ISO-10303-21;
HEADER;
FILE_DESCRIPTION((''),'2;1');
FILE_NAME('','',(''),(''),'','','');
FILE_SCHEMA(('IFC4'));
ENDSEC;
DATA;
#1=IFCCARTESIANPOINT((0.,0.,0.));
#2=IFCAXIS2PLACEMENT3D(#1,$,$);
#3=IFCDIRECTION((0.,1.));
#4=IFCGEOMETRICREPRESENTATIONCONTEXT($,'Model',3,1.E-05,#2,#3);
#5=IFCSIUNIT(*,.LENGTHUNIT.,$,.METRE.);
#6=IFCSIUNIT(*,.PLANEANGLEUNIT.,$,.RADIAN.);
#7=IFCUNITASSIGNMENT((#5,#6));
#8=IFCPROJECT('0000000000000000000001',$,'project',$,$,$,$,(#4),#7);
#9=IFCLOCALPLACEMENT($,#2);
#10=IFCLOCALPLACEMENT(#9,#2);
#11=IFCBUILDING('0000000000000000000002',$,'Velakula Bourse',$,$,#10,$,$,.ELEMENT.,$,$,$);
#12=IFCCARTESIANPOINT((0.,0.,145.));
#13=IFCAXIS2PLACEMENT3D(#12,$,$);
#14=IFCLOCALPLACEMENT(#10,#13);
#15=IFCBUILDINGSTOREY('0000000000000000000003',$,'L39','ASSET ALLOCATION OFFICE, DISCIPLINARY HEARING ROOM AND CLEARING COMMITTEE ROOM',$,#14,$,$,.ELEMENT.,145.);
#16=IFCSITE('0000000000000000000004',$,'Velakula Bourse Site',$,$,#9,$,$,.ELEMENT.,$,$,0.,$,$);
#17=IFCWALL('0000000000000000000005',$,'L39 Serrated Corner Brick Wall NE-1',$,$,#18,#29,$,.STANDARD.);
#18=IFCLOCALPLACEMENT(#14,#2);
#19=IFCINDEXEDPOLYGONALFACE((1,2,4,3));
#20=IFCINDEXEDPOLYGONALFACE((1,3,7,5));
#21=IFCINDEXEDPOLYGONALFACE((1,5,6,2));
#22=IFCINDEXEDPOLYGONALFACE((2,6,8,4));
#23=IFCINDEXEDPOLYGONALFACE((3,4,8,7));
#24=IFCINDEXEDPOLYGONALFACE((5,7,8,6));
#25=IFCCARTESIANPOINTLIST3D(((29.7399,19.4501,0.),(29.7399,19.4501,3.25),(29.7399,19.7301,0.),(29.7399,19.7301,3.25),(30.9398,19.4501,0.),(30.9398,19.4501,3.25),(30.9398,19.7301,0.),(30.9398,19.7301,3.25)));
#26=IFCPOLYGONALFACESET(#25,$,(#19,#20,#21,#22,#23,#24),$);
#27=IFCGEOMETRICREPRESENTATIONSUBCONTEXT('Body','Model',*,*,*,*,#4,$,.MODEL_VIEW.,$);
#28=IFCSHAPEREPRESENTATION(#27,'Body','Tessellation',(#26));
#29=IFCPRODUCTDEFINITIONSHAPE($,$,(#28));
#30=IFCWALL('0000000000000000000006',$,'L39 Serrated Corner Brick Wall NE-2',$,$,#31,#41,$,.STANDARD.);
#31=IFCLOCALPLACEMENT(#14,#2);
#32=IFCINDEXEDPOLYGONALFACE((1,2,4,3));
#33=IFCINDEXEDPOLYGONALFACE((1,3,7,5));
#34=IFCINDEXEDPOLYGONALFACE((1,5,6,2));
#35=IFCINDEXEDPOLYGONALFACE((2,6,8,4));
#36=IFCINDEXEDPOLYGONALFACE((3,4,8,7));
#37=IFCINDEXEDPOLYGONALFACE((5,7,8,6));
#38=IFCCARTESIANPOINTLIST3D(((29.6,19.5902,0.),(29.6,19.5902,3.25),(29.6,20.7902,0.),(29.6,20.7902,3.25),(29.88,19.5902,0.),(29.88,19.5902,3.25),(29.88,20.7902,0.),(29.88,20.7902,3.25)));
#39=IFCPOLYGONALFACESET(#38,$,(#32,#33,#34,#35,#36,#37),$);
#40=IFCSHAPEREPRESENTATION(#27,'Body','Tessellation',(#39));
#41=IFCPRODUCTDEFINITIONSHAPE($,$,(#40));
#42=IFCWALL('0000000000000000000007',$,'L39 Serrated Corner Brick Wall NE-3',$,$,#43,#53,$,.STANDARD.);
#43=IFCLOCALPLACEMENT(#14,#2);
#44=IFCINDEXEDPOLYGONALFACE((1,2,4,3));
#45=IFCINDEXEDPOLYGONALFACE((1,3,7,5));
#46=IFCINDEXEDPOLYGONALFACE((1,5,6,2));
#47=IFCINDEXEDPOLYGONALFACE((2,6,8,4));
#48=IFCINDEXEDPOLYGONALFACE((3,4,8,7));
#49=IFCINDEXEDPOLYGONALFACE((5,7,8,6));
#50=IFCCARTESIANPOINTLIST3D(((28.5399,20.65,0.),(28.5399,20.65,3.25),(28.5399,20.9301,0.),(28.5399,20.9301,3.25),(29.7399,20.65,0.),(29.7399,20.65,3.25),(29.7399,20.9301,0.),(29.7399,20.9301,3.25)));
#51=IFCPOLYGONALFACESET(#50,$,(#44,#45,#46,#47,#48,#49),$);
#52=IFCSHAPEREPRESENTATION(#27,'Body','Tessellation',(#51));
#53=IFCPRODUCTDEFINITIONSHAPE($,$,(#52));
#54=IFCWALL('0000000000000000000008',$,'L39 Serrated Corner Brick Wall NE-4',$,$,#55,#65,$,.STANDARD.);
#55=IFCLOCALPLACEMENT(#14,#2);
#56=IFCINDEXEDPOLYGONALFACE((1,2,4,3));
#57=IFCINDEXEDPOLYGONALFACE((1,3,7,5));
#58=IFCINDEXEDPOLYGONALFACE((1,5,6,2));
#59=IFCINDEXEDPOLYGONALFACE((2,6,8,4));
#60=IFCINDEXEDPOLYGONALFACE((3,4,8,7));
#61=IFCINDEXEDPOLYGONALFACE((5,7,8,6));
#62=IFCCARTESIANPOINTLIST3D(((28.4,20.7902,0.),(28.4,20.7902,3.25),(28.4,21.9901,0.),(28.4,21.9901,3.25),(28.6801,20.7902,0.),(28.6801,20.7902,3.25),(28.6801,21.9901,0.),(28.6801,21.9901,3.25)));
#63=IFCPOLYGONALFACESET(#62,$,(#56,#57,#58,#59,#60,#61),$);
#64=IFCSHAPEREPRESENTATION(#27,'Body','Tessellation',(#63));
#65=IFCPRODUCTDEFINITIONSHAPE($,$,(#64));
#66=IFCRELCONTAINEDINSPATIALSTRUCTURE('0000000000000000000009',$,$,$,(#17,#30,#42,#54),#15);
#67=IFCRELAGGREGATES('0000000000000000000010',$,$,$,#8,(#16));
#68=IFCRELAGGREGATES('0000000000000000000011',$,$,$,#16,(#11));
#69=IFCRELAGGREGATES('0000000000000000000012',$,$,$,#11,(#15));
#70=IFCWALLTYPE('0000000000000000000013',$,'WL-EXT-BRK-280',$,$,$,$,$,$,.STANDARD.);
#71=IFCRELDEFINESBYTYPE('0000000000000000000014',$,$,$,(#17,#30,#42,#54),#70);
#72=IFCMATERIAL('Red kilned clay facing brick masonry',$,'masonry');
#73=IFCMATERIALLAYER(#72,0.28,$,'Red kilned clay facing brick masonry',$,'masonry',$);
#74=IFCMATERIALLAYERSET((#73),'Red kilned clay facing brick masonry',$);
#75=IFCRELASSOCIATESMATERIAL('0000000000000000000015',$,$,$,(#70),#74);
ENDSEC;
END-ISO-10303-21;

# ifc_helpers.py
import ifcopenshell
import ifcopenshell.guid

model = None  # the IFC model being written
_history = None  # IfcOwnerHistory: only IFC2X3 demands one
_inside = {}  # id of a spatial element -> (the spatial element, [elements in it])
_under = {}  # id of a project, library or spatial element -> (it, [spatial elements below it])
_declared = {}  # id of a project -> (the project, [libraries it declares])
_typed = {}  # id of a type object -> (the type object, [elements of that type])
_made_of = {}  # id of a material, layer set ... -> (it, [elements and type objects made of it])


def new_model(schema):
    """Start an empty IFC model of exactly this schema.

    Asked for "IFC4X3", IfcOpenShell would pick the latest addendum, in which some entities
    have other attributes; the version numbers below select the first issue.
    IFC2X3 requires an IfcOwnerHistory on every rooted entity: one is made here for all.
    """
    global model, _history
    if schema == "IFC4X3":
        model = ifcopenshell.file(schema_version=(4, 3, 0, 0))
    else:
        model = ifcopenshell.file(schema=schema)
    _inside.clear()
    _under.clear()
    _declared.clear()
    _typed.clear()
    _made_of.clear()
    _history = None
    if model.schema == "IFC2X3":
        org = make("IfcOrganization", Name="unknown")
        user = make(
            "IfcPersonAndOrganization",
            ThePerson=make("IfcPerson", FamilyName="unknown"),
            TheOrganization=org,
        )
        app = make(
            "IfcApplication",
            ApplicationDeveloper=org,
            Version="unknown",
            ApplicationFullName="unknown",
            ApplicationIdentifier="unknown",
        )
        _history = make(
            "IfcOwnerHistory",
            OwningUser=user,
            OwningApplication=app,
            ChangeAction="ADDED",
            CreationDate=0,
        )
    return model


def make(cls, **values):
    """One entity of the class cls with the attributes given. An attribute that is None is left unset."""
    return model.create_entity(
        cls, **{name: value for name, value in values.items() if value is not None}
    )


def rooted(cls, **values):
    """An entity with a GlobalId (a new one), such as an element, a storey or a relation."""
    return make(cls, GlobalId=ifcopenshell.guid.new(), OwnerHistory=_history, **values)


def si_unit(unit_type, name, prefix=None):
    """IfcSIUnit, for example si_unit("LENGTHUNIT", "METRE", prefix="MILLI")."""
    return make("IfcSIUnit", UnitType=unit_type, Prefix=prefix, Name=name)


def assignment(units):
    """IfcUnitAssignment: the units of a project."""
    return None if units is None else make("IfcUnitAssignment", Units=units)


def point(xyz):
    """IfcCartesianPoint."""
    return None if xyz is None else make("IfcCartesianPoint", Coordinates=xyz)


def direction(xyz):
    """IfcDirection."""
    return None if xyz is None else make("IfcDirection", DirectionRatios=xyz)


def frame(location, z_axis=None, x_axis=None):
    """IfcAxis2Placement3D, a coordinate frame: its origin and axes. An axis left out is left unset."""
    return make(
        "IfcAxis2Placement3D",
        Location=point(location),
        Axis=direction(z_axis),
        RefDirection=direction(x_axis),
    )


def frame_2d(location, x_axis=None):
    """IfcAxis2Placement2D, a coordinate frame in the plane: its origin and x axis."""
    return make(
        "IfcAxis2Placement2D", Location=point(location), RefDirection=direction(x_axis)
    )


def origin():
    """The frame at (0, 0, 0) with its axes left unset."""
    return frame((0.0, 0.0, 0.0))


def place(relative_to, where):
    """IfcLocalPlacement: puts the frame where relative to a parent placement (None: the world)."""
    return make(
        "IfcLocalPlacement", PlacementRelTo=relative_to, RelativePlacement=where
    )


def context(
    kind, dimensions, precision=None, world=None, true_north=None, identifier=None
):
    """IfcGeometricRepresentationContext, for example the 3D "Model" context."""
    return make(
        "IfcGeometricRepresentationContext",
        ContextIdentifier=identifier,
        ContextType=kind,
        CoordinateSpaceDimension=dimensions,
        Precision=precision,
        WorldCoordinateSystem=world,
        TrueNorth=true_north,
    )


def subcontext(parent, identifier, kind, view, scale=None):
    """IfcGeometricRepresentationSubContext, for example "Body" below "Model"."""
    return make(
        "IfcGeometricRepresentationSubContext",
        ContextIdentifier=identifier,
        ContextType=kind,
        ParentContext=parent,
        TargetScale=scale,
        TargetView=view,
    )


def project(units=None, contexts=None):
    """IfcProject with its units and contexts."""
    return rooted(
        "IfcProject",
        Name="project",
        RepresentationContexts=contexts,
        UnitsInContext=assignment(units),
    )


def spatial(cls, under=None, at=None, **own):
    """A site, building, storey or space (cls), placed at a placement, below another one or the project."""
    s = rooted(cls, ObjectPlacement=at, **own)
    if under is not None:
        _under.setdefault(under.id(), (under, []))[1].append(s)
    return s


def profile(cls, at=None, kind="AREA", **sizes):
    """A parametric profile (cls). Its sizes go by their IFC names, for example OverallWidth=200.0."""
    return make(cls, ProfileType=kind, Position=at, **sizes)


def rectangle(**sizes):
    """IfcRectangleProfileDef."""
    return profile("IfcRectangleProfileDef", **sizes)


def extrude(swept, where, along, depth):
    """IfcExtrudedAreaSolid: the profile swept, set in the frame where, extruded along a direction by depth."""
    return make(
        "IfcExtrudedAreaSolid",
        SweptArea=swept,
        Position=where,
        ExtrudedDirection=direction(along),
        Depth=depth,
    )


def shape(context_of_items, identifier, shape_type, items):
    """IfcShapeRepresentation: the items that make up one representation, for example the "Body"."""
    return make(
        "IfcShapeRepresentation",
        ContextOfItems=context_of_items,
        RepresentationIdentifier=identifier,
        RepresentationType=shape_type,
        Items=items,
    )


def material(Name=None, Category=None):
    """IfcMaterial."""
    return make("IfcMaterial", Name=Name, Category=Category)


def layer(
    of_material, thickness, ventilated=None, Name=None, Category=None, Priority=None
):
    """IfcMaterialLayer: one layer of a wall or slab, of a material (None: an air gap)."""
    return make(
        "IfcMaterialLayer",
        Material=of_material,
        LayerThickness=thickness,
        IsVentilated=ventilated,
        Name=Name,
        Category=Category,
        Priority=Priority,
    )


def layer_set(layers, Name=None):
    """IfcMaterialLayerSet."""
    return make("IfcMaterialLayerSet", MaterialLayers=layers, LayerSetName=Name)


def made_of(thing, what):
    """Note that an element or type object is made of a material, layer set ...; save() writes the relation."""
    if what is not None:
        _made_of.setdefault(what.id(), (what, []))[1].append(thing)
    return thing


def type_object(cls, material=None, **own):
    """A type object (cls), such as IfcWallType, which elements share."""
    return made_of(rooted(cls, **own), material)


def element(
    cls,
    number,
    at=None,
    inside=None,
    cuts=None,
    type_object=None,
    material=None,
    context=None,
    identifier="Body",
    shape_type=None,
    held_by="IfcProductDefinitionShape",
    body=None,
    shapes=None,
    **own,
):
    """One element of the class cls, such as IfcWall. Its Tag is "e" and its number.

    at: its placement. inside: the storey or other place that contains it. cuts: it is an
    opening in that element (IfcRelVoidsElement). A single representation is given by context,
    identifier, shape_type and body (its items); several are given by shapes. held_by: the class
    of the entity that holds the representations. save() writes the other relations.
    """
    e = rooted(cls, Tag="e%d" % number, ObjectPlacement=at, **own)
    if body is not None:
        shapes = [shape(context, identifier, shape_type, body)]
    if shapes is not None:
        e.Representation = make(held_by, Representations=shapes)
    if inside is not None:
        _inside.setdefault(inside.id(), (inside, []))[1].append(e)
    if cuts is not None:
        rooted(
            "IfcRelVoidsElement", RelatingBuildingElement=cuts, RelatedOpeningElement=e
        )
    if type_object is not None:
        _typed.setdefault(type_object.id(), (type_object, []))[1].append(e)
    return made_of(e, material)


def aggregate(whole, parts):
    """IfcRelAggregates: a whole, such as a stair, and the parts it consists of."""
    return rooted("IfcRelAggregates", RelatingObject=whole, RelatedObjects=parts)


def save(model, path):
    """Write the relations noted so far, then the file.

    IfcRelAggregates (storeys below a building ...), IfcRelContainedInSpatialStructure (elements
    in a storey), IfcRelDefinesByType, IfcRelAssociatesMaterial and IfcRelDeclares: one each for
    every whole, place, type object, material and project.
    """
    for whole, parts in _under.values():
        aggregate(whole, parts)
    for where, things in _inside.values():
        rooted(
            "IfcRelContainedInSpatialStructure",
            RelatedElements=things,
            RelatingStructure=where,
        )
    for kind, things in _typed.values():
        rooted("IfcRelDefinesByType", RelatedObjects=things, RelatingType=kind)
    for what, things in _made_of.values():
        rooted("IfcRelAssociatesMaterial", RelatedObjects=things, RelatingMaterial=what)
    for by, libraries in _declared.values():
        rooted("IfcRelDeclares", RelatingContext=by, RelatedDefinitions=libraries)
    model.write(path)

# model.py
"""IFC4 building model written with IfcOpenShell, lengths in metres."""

from ifc_helpers import new_model, si_unit, direction, frame, frame_2d, origin, place, context, subcontext, project, spatial, rectangle, extrude, material, layer, layer_set, type_object, element, save


model = new_model("IFC4")

# Units and contexts
model_context = context("Model", 3, precision=1e-05, world=origin(), true_north=direction((0.0, 1.0)))
body_context = subcontext(model_context, "Body", "Model", "MODEL_VIEW")
ifc_project = project(units=[si_unit("LENGTHUNIT", "METRE"), si_unit("PLANEANGLEUNIT", "RADIAN")], contexts=[model_context])

# Site, building, storey
site_placement = place(None, origin())
site = spatial("IfcSite", under=ifc_project, at=site_placement, Name="Velakula Bourse Site", CompositionType="ELEMENT", RefElevation=0.0)
building_placement = place(site_placement, origin())
building = spatial("IfcBuilding", under=site, at=building_placement, Name="Velakula Bourse", CompositionType="ELEMENT")
storey_placement = place(building_placement, frame((0.0, 0.0, 145.0)))
storey = spatial("IfcBuildingStorey", under=building, at=storey_placement, Name="L39", Description="ASSET ALLOCATION OFFICE, DISCIPLINARY HEARING ROOM AND CLEARING COMMITTEE ROOM", CompositionType="ELEMENT", Elevation=145.0)

# Shared definitions
ifc_material_1 = material(Name="Red kilned clay facing brick masonry", Category="masonry")
ifc_layer = layer(ifc_material_1, 0.28, Name="Red kilned clay facing brick masonry", Category="masonry")
ifc_layer_set = layer_set([ifc_layer], Name="Red kilned clay facing brick masonry")
wall_type = type_object("IfcWallType", Name="WL-EXT-BRK-280", PredefinedType="STANDARD", material=ifc_layer_set)

# Walls
for number, where, z_axis, x_axis, name in (
    (1, (30.9399, 19.5901, 0.0), (0.0, 0.0, 1.0), (-1.0, 0.0, 0.0), "L39 Serrated Corner Brick Wall NE-1"),
    (2, (29.74, 19.5901, 0.0), (0.0, 0.0, 1.0), (0.0, 1.0, 0.0), "L39 Serrated Corner Brick Wall NE-2"),
    (3, (29.74, 20.79, 0.0), (0.0, 0.0, 1.0), (-1.0, 0.0, 0.0), "L39 Serrated Corner Brick Wall NE-3"),
    (4, (28.54, 20.79, 0.0), (0.0, 0.0, 1.0), (0.0, 1.0, 0.0), "L39 Serrated Corner Brick Wall NE-4"),
):
    element("IfcWall", number, at=place(storey_placement, frame(where, z_axis=z_axis, x_axis=x_axis)), inside=storey, type_object=wall_type, Name=name, PredefinedType="STANDARD", context=body_context, shape_type="SweptSolid", body=[
        extrude(rectangle(XDim=1.2, YDim=0.28, at=frame_2d((0.6001, 0.0))), origin(), (0.0, 0.0, 1.0), 3.25),
    ])

save(model, "model.ifc")
